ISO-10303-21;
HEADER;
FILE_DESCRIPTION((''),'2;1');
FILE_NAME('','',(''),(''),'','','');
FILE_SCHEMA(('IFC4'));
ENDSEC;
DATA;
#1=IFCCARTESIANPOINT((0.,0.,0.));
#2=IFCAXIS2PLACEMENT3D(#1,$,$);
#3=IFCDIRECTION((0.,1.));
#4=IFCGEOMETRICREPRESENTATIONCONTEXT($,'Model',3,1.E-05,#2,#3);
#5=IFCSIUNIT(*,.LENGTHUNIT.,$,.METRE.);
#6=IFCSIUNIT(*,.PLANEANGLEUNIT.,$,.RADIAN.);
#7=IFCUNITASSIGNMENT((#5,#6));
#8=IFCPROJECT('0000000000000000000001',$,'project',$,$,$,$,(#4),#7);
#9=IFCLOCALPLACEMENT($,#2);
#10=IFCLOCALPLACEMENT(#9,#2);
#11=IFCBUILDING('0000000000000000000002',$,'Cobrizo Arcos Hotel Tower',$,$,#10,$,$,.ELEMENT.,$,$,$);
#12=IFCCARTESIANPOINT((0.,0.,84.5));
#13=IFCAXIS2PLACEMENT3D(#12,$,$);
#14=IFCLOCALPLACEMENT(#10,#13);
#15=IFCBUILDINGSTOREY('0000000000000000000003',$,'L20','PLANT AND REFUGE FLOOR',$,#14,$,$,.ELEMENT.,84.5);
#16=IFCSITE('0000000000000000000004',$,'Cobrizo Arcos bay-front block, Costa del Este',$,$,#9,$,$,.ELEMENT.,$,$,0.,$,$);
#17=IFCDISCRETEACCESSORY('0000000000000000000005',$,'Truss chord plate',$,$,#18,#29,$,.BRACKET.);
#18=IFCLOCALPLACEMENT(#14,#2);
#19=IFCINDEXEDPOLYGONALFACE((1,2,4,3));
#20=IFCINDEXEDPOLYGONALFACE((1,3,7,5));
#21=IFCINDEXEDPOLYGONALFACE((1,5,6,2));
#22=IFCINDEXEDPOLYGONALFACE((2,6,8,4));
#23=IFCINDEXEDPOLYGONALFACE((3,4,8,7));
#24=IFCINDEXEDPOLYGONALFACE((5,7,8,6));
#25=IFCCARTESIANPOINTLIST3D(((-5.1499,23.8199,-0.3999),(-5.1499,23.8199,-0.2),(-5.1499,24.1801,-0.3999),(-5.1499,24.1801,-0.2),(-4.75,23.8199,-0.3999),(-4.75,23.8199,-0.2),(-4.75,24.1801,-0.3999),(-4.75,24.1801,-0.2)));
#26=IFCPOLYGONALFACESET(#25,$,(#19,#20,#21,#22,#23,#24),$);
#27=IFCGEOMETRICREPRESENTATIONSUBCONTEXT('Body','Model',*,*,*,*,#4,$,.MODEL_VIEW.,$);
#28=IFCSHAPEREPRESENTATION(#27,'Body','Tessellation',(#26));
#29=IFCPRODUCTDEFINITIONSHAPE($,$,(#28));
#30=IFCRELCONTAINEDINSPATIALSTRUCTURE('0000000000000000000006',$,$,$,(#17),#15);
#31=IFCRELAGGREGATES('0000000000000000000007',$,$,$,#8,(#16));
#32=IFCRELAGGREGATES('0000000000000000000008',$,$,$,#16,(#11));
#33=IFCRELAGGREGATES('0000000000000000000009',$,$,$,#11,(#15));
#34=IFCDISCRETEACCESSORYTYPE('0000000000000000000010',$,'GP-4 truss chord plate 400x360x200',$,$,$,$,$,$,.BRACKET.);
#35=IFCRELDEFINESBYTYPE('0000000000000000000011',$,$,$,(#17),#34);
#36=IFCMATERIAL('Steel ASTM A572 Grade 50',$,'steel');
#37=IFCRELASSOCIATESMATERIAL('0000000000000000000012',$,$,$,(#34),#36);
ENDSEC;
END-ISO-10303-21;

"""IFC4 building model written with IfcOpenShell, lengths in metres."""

from ifc_helpers import new_model, si_unit, direction, frame, origin, origin_2d, place, context, subcontext, project, spatial, rectangle, extrude, material, type_object, element, save


model = new_model("IFC4")

# Units and contexts
model_context = context("Model", 3, precision=1e-05, world=origin(), true_north=direction((0.0, 1.0)))
body_context = subcontext(model_context, "Body", "Model", "MODEL_VIEW")
ifc_project = project(units=[si_unit("LENGTHUNIT", "METRE"), si_unit("PLANEANGLEUNIT", "RADIAN")], contexts=[model_context])

# Site, building, storey
site_placement = place(None, origin())
site = spatial("IfcSite", under=ifc_project, at=site_placement, Name="Cobrizo Arcos bay-front block, Costa del Este", CompositionType="ELEMENT", RefElevation=0.0)
building_placement = place(site_placement, origin())
building = spatial("IfcBuilding", under=site, at=building_placement, Name="Cobrizo Arcos Hotel Tower", CompositionType="ELEMENT")
storey_placement = place(building_placement, frame((0.0, 0.0, 84.5)))
storey = spatial("IfcBuildingStorey", under=building, at=storey_placement, Name="L20", Description="PLANT AND REFUGE FLOOR", CompositionType="ELEMENT", Elevation=84.5)

# Shared definitions
ifc_material_1 = material(Name="Steel ASTM A572 Grade 50", Category="steel")

# Discrete accessory
discrete_accessory_type_1 = type_object("IfcDiscreteAccessoryType", Name="GP-4 truss chord plate 400x360x200", PredefinedType="BRACKET", material=ifc_material_1)
for number, where, z_axis, x_axis, name in (
    (1, (-4.95, 24.0, -0.3999), (0.0, 0.0, 1.0), (-1.0, 0.0, 0.0), "Truss chord plate"),
):
    element("IfcDiscreteAccessory", number, at=place(storey_placement, frame(where, z_axis=z_axis, x_axis=x_axis)), inside=storey, type_object=discrete_accessory_type_1, Name=name, PredefinedType="BRACKET", context=body_context, shape_type="SweptSolid", body=[
        extrude(rectangle(XDim=0.3999, YDim=0.3601, at=origin_2d()), origin(), (0.0, 0.0, 1.0), 0.2),
    ])

save(model, "model.ifc")
